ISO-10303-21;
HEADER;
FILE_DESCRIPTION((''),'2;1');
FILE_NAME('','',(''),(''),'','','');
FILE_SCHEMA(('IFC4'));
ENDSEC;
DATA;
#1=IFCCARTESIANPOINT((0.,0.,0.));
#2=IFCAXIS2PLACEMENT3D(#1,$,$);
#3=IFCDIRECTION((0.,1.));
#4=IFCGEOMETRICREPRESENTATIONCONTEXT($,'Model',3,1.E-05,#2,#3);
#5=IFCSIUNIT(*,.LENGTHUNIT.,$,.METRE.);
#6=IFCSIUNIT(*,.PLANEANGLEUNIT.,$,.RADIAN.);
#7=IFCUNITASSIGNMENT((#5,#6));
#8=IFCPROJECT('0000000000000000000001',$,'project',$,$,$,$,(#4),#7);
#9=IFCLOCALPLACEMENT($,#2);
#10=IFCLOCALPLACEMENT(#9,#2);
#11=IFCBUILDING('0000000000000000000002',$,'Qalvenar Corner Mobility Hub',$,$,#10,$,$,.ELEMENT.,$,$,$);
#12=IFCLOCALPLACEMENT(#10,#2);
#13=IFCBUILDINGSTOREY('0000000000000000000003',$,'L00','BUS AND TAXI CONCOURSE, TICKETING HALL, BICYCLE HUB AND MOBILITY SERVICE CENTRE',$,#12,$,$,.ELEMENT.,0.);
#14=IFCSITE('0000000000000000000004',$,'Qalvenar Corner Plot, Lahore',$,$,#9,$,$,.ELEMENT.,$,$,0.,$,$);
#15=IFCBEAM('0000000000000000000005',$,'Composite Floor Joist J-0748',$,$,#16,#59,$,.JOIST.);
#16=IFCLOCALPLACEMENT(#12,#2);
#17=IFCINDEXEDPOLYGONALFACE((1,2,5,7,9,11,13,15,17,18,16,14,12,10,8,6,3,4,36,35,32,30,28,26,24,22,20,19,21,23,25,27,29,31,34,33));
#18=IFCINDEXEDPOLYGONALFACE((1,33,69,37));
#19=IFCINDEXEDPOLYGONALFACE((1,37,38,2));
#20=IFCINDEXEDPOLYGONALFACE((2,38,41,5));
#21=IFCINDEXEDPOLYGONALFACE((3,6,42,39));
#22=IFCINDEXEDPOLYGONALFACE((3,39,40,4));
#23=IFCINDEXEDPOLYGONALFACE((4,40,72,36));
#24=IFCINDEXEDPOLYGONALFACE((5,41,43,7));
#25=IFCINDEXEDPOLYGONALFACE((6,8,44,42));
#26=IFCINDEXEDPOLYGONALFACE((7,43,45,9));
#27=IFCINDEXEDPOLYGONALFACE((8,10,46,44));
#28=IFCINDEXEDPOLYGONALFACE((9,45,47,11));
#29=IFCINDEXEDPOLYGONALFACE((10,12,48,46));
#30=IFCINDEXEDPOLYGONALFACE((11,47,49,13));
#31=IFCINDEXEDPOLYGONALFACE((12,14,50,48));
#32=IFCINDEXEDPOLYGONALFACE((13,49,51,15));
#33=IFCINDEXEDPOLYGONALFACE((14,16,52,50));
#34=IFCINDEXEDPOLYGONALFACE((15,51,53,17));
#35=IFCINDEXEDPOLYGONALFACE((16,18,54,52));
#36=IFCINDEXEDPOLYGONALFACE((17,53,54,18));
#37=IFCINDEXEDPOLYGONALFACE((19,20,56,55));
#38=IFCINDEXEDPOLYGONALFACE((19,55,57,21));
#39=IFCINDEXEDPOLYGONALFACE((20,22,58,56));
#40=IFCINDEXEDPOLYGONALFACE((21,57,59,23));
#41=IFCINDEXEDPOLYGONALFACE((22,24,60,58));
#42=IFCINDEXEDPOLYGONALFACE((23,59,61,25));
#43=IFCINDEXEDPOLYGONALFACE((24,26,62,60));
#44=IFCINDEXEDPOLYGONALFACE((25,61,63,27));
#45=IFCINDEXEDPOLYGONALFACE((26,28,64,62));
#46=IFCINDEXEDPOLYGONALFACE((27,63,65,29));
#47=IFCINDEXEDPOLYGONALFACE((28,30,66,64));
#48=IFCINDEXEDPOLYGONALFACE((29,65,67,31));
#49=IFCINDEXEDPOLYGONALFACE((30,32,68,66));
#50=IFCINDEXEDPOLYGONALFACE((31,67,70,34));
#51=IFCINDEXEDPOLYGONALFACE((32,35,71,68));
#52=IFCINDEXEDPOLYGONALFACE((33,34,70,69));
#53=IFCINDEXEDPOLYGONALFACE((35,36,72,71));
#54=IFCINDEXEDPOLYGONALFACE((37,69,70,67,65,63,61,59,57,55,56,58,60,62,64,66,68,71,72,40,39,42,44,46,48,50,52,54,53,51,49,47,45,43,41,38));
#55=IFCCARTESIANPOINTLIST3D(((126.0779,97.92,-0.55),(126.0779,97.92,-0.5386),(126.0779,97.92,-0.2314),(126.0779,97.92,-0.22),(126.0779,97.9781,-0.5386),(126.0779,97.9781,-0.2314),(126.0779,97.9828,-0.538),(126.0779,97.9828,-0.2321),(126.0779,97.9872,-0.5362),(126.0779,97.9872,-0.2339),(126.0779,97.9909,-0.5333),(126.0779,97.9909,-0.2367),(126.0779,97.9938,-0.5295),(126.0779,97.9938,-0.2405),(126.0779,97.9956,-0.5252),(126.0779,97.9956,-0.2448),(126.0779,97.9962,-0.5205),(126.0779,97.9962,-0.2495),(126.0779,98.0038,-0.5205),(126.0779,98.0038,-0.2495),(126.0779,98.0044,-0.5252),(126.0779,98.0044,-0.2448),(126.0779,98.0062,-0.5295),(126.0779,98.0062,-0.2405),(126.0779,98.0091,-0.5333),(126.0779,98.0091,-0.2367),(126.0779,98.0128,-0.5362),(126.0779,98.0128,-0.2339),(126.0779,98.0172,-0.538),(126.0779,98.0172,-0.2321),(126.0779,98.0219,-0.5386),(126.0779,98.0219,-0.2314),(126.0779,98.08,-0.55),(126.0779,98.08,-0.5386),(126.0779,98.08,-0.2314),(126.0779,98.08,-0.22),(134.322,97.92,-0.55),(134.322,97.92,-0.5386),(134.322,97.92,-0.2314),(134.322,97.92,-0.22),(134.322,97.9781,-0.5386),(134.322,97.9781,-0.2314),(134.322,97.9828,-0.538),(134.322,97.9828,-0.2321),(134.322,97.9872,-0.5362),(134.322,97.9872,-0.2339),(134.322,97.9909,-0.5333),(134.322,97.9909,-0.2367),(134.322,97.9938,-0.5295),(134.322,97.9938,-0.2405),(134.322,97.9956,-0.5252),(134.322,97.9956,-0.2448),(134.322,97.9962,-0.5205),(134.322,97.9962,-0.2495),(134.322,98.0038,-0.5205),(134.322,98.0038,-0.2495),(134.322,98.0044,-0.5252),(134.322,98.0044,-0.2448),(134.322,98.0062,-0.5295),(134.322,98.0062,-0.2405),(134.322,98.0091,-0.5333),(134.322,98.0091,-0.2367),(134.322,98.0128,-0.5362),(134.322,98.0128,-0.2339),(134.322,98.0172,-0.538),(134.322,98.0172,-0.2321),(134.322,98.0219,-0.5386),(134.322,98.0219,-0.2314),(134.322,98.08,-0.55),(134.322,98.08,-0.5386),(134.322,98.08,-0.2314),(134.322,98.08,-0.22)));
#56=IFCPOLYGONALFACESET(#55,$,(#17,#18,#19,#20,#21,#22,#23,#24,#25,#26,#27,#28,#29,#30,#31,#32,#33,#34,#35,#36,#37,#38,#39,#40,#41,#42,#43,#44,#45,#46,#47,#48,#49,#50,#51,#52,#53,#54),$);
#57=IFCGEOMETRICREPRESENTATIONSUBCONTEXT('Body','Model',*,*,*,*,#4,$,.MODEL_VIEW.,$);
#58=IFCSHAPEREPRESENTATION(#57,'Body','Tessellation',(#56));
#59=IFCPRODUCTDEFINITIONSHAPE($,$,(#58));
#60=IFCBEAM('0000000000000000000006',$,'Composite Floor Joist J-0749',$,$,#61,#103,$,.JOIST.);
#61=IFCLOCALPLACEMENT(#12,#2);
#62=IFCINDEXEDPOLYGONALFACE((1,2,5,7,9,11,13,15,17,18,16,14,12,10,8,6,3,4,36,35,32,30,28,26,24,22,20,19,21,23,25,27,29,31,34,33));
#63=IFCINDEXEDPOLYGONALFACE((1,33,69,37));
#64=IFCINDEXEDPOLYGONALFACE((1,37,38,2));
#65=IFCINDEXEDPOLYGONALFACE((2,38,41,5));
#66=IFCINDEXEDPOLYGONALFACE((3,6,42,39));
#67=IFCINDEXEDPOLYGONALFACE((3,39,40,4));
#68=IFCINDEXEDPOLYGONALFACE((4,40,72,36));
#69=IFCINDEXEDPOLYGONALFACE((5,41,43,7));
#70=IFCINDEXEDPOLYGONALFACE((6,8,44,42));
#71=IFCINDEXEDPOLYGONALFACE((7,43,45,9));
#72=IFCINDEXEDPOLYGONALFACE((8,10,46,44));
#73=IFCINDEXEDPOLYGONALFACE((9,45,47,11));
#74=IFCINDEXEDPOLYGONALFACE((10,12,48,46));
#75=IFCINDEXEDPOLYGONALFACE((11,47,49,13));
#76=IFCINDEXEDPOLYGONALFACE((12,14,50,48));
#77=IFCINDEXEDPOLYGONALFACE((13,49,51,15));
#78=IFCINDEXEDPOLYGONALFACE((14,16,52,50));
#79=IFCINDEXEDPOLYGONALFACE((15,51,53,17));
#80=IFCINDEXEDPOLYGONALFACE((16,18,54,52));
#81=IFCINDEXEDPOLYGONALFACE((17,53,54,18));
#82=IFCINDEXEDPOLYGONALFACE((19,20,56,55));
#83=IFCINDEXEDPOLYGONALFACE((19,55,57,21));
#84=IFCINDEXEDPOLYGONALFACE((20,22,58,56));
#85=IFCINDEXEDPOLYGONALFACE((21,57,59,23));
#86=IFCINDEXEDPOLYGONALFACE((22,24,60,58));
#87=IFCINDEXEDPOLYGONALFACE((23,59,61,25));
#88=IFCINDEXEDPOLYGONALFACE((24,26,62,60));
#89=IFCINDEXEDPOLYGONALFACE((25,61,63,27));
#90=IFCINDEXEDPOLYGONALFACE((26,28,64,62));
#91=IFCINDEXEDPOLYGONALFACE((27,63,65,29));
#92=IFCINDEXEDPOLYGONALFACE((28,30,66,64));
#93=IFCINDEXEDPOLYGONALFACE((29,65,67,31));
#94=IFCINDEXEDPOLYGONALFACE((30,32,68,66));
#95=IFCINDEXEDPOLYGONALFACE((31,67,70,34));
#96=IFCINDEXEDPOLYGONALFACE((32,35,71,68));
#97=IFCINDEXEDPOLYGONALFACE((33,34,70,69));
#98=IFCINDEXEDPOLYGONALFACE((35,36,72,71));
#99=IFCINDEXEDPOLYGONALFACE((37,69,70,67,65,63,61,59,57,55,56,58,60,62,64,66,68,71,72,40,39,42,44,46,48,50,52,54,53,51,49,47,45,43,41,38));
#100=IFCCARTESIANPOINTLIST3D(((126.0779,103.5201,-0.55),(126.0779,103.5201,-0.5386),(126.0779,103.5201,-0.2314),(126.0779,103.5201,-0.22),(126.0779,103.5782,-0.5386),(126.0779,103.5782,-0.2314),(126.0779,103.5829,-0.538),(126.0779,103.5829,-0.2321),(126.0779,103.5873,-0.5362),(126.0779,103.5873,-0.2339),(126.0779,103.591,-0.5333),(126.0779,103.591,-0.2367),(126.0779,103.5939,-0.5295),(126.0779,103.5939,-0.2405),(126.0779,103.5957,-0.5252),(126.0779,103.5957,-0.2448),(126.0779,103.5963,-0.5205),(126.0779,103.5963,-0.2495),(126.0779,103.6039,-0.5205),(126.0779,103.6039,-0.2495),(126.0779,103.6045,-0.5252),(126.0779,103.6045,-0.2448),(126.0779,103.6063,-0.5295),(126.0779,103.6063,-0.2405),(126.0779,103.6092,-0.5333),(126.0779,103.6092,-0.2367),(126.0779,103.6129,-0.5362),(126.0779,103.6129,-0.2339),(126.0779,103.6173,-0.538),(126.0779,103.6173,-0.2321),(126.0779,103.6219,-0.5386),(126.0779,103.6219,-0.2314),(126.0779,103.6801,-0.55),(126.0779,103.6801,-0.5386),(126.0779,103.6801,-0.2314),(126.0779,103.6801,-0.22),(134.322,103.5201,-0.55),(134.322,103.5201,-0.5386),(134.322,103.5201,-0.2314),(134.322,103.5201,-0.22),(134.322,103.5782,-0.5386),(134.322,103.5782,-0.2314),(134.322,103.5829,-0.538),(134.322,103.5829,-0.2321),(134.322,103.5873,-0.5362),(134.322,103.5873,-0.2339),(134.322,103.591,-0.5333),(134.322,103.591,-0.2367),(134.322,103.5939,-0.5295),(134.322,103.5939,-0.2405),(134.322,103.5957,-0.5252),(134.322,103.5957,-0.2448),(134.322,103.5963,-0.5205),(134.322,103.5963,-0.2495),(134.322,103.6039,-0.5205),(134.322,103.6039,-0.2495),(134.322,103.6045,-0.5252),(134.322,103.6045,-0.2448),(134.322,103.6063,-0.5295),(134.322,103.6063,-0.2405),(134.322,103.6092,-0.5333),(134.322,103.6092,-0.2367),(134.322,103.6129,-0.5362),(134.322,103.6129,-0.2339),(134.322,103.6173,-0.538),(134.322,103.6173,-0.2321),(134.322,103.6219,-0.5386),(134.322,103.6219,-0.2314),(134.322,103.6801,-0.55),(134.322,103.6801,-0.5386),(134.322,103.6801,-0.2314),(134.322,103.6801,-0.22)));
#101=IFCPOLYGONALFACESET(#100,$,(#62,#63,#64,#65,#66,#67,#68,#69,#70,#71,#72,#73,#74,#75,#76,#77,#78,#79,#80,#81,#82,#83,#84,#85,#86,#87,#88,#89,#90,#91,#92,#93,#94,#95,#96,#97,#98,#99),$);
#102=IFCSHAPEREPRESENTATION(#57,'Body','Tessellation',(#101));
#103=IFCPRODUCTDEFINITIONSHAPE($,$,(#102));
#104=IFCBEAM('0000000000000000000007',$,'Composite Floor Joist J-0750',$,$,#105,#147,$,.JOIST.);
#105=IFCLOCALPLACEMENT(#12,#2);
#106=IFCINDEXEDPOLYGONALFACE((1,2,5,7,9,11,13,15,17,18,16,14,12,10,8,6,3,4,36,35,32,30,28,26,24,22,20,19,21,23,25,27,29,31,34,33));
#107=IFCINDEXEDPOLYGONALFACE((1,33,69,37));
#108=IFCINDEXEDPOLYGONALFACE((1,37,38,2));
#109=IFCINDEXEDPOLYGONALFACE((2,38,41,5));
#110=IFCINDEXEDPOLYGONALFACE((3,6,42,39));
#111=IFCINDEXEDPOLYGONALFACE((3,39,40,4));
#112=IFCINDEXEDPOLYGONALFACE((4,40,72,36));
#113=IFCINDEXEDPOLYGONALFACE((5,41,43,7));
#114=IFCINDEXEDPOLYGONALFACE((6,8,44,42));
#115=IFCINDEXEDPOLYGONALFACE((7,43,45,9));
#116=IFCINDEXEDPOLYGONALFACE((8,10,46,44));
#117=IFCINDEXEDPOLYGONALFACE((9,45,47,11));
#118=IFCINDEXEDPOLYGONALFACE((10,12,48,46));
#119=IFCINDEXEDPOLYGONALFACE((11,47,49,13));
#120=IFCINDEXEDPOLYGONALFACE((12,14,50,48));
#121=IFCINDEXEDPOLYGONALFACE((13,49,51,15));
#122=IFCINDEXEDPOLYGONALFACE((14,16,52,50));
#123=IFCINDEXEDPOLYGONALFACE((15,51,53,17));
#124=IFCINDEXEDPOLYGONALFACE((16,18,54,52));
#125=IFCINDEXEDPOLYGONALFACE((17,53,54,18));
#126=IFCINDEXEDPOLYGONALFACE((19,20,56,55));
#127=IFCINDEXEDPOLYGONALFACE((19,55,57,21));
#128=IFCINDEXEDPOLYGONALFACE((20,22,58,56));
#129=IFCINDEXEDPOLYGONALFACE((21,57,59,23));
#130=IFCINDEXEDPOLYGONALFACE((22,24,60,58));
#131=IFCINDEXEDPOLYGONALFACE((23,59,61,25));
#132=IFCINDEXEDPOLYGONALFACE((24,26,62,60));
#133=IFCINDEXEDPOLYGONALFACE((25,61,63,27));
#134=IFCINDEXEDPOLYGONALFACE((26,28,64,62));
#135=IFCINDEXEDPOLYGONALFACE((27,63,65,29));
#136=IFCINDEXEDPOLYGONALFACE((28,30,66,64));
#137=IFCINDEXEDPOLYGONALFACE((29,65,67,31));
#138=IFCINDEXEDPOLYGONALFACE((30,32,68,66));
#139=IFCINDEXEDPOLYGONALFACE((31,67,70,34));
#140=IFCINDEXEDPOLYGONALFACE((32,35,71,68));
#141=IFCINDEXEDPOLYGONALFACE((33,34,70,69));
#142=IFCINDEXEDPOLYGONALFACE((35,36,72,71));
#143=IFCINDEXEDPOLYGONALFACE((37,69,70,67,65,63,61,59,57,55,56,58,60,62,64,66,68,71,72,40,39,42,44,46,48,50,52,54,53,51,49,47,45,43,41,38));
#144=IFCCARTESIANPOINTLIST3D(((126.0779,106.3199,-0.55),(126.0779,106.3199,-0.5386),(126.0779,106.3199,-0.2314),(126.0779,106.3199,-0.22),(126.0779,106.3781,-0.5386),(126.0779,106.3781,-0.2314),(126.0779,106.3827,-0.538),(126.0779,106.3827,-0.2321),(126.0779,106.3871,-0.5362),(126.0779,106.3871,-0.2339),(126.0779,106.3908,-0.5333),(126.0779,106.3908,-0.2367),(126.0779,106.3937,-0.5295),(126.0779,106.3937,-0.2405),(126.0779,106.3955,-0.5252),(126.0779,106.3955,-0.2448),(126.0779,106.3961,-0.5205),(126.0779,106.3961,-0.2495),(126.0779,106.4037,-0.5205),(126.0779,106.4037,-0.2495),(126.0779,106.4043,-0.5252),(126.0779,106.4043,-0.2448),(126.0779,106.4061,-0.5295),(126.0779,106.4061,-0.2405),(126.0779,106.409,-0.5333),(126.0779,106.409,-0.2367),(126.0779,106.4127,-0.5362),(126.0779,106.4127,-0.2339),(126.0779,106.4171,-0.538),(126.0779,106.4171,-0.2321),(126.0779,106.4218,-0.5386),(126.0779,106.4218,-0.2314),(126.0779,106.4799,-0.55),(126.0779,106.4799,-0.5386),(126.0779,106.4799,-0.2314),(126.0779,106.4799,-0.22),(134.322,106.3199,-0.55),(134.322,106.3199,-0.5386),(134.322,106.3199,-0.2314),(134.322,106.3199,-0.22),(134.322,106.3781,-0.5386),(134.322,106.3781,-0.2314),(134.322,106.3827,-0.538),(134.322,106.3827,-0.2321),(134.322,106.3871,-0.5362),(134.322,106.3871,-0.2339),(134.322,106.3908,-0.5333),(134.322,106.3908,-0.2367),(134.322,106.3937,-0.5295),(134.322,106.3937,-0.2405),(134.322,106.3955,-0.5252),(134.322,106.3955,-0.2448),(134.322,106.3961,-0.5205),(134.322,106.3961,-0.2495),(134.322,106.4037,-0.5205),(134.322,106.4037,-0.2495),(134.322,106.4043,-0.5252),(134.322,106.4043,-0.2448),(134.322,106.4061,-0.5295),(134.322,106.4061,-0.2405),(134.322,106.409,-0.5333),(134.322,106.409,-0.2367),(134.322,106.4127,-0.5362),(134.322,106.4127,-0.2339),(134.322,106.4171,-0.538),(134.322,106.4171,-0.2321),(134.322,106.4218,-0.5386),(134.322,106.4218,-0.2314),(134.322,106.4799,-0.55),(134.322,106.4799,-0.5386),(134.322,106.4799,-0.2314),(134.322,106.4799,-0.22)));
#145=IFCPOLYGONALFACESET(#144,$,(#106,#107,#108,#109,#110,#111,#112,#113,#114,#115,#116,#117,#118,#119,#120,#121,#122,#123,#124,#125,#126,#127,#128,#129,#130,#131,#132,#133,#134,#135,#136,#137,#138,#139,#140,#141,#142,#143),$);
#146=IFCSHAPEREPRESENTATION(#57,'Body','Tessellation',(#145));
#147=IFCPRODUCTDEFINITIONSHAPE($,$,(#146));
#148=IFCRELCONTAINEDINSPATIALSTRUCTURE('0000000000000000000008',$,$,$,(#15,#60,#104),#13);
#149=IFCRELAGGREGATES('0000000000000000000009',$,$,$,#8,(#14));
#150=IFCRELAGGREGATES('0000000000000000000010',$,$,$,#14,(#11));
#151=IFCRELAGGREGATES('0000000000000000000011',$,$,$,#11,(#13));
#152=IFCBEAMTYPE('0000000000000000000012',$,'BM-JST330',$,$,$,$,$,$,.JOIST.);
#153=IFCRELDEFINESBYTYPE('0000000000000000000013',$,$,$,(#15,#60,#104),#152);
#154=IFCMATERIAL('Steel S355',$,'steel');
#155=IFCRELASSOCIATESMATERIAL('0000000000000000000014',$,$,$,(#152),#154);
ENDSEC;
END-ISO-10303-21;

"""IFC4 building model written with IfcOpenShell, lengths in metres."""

from ifc_helpers import new_model, si_unit, direction, frame, origin, origin_2d, place, context, subcontext, project, spatial, i_section, extrude, material, material_profile, profile_set, type_object, element, save


model = new_model("IFC4")

# Units and contexts
model_context = context("Model", 3, precision=1e-05, world=origin(), true_north=direction((0.0, 1.0)))
body_context = subcontext(model_context, "Body", "Model", "MODEL_VIEW")
ifc_project = project(units=[si_unit("LENGTHUNIT", "METRE"), si_unit("PLANEANGLEUNIT", "RADIAN")], contexts=[model_context])

# Site, building, storey
site_placement = place(None, origin())
site = spatial("IfcSite", under=ifc_project, at=site_placement, Name="Qalvenar Corner Plot, Lahore", CompositionType="ELEMENT", RefElevation=0.0)
building_placement = place(site_placement, origin())
building = spatial("IfcBuilding", under=site, at=building_placement, Name="Qalvenar Corner Mobility Hub", CompositionType="ELEMENT")
storey_placement = place(building_placement, origin())
storey = spatial("IfcBuildingStorey", under=building, at=storey_placement, Name="L00", Description="BUS AND TAXI CONCOURSE, TICKETING HALL, BICYCLE HUB AND MOBILITY SERVICE CENTRE", CompositionType="ELEMENT", Elevation=0.0)

# Shared definitions
ifc_material = material(Name="Steel S355", Category="steel")

# Beams
ifc_material_profile_1 = material_profile(ifc_material, i_section(OverallWidth=0.1599, OverallDepth=0.3301, WebThickness=0.0076, FlangeThickness=0.0115, FilletRadius=0.0181, at=origin_2d()), Name="IPE330")
ifc_profile_set_1 = profile_set([ifc_material_profile_1], Name="Steel S355")
beam_type_1 = type_object("IfcBeamType", Name="BM-JST330", PredefinedType="JOIST", material=ifc_profile_set_1)
for number, where, z_axis, x_axis, name in (
    (1, (126.0779, 98.0, -0.385), (1.0, 0.0, 0.0), (0.0, 1.0, 0.0), "Composite Floor Joist J-0748"),
    (2, (126.0779, 103.6001, -0.385), (1.0, 0.0, 0.0), (0.0, 1.0, 0.0), "Composite Floor Joist J-0749"),
    (3, (126.0779, 106.3999, -0.385), (1.0, 0.0, 0.0), (0.0, 1.0, 0.0), "Composite Floor Joist J-0750"),
):
    element("IfcBeam", number, at=place(storey_placement, frame(where, z_axis=z_axis, x_axis=x_axis)), inside=storey, type_object=beam_type_1, Name=name, PredefinedType="JOIST", context=body_context, shape_type="SweptSolid", body=[
        extrude(i_section(OverallWidth=0.1599, OverallDepth=0.3301, WebThickness=0.0076, FlangeThickness=0.0115, FilletRadius=0.0181, at=origin_2d()), origin(), (0.0, 0.0, 1.0), 8.2441),
    ])

save(model, "model.ifc")
